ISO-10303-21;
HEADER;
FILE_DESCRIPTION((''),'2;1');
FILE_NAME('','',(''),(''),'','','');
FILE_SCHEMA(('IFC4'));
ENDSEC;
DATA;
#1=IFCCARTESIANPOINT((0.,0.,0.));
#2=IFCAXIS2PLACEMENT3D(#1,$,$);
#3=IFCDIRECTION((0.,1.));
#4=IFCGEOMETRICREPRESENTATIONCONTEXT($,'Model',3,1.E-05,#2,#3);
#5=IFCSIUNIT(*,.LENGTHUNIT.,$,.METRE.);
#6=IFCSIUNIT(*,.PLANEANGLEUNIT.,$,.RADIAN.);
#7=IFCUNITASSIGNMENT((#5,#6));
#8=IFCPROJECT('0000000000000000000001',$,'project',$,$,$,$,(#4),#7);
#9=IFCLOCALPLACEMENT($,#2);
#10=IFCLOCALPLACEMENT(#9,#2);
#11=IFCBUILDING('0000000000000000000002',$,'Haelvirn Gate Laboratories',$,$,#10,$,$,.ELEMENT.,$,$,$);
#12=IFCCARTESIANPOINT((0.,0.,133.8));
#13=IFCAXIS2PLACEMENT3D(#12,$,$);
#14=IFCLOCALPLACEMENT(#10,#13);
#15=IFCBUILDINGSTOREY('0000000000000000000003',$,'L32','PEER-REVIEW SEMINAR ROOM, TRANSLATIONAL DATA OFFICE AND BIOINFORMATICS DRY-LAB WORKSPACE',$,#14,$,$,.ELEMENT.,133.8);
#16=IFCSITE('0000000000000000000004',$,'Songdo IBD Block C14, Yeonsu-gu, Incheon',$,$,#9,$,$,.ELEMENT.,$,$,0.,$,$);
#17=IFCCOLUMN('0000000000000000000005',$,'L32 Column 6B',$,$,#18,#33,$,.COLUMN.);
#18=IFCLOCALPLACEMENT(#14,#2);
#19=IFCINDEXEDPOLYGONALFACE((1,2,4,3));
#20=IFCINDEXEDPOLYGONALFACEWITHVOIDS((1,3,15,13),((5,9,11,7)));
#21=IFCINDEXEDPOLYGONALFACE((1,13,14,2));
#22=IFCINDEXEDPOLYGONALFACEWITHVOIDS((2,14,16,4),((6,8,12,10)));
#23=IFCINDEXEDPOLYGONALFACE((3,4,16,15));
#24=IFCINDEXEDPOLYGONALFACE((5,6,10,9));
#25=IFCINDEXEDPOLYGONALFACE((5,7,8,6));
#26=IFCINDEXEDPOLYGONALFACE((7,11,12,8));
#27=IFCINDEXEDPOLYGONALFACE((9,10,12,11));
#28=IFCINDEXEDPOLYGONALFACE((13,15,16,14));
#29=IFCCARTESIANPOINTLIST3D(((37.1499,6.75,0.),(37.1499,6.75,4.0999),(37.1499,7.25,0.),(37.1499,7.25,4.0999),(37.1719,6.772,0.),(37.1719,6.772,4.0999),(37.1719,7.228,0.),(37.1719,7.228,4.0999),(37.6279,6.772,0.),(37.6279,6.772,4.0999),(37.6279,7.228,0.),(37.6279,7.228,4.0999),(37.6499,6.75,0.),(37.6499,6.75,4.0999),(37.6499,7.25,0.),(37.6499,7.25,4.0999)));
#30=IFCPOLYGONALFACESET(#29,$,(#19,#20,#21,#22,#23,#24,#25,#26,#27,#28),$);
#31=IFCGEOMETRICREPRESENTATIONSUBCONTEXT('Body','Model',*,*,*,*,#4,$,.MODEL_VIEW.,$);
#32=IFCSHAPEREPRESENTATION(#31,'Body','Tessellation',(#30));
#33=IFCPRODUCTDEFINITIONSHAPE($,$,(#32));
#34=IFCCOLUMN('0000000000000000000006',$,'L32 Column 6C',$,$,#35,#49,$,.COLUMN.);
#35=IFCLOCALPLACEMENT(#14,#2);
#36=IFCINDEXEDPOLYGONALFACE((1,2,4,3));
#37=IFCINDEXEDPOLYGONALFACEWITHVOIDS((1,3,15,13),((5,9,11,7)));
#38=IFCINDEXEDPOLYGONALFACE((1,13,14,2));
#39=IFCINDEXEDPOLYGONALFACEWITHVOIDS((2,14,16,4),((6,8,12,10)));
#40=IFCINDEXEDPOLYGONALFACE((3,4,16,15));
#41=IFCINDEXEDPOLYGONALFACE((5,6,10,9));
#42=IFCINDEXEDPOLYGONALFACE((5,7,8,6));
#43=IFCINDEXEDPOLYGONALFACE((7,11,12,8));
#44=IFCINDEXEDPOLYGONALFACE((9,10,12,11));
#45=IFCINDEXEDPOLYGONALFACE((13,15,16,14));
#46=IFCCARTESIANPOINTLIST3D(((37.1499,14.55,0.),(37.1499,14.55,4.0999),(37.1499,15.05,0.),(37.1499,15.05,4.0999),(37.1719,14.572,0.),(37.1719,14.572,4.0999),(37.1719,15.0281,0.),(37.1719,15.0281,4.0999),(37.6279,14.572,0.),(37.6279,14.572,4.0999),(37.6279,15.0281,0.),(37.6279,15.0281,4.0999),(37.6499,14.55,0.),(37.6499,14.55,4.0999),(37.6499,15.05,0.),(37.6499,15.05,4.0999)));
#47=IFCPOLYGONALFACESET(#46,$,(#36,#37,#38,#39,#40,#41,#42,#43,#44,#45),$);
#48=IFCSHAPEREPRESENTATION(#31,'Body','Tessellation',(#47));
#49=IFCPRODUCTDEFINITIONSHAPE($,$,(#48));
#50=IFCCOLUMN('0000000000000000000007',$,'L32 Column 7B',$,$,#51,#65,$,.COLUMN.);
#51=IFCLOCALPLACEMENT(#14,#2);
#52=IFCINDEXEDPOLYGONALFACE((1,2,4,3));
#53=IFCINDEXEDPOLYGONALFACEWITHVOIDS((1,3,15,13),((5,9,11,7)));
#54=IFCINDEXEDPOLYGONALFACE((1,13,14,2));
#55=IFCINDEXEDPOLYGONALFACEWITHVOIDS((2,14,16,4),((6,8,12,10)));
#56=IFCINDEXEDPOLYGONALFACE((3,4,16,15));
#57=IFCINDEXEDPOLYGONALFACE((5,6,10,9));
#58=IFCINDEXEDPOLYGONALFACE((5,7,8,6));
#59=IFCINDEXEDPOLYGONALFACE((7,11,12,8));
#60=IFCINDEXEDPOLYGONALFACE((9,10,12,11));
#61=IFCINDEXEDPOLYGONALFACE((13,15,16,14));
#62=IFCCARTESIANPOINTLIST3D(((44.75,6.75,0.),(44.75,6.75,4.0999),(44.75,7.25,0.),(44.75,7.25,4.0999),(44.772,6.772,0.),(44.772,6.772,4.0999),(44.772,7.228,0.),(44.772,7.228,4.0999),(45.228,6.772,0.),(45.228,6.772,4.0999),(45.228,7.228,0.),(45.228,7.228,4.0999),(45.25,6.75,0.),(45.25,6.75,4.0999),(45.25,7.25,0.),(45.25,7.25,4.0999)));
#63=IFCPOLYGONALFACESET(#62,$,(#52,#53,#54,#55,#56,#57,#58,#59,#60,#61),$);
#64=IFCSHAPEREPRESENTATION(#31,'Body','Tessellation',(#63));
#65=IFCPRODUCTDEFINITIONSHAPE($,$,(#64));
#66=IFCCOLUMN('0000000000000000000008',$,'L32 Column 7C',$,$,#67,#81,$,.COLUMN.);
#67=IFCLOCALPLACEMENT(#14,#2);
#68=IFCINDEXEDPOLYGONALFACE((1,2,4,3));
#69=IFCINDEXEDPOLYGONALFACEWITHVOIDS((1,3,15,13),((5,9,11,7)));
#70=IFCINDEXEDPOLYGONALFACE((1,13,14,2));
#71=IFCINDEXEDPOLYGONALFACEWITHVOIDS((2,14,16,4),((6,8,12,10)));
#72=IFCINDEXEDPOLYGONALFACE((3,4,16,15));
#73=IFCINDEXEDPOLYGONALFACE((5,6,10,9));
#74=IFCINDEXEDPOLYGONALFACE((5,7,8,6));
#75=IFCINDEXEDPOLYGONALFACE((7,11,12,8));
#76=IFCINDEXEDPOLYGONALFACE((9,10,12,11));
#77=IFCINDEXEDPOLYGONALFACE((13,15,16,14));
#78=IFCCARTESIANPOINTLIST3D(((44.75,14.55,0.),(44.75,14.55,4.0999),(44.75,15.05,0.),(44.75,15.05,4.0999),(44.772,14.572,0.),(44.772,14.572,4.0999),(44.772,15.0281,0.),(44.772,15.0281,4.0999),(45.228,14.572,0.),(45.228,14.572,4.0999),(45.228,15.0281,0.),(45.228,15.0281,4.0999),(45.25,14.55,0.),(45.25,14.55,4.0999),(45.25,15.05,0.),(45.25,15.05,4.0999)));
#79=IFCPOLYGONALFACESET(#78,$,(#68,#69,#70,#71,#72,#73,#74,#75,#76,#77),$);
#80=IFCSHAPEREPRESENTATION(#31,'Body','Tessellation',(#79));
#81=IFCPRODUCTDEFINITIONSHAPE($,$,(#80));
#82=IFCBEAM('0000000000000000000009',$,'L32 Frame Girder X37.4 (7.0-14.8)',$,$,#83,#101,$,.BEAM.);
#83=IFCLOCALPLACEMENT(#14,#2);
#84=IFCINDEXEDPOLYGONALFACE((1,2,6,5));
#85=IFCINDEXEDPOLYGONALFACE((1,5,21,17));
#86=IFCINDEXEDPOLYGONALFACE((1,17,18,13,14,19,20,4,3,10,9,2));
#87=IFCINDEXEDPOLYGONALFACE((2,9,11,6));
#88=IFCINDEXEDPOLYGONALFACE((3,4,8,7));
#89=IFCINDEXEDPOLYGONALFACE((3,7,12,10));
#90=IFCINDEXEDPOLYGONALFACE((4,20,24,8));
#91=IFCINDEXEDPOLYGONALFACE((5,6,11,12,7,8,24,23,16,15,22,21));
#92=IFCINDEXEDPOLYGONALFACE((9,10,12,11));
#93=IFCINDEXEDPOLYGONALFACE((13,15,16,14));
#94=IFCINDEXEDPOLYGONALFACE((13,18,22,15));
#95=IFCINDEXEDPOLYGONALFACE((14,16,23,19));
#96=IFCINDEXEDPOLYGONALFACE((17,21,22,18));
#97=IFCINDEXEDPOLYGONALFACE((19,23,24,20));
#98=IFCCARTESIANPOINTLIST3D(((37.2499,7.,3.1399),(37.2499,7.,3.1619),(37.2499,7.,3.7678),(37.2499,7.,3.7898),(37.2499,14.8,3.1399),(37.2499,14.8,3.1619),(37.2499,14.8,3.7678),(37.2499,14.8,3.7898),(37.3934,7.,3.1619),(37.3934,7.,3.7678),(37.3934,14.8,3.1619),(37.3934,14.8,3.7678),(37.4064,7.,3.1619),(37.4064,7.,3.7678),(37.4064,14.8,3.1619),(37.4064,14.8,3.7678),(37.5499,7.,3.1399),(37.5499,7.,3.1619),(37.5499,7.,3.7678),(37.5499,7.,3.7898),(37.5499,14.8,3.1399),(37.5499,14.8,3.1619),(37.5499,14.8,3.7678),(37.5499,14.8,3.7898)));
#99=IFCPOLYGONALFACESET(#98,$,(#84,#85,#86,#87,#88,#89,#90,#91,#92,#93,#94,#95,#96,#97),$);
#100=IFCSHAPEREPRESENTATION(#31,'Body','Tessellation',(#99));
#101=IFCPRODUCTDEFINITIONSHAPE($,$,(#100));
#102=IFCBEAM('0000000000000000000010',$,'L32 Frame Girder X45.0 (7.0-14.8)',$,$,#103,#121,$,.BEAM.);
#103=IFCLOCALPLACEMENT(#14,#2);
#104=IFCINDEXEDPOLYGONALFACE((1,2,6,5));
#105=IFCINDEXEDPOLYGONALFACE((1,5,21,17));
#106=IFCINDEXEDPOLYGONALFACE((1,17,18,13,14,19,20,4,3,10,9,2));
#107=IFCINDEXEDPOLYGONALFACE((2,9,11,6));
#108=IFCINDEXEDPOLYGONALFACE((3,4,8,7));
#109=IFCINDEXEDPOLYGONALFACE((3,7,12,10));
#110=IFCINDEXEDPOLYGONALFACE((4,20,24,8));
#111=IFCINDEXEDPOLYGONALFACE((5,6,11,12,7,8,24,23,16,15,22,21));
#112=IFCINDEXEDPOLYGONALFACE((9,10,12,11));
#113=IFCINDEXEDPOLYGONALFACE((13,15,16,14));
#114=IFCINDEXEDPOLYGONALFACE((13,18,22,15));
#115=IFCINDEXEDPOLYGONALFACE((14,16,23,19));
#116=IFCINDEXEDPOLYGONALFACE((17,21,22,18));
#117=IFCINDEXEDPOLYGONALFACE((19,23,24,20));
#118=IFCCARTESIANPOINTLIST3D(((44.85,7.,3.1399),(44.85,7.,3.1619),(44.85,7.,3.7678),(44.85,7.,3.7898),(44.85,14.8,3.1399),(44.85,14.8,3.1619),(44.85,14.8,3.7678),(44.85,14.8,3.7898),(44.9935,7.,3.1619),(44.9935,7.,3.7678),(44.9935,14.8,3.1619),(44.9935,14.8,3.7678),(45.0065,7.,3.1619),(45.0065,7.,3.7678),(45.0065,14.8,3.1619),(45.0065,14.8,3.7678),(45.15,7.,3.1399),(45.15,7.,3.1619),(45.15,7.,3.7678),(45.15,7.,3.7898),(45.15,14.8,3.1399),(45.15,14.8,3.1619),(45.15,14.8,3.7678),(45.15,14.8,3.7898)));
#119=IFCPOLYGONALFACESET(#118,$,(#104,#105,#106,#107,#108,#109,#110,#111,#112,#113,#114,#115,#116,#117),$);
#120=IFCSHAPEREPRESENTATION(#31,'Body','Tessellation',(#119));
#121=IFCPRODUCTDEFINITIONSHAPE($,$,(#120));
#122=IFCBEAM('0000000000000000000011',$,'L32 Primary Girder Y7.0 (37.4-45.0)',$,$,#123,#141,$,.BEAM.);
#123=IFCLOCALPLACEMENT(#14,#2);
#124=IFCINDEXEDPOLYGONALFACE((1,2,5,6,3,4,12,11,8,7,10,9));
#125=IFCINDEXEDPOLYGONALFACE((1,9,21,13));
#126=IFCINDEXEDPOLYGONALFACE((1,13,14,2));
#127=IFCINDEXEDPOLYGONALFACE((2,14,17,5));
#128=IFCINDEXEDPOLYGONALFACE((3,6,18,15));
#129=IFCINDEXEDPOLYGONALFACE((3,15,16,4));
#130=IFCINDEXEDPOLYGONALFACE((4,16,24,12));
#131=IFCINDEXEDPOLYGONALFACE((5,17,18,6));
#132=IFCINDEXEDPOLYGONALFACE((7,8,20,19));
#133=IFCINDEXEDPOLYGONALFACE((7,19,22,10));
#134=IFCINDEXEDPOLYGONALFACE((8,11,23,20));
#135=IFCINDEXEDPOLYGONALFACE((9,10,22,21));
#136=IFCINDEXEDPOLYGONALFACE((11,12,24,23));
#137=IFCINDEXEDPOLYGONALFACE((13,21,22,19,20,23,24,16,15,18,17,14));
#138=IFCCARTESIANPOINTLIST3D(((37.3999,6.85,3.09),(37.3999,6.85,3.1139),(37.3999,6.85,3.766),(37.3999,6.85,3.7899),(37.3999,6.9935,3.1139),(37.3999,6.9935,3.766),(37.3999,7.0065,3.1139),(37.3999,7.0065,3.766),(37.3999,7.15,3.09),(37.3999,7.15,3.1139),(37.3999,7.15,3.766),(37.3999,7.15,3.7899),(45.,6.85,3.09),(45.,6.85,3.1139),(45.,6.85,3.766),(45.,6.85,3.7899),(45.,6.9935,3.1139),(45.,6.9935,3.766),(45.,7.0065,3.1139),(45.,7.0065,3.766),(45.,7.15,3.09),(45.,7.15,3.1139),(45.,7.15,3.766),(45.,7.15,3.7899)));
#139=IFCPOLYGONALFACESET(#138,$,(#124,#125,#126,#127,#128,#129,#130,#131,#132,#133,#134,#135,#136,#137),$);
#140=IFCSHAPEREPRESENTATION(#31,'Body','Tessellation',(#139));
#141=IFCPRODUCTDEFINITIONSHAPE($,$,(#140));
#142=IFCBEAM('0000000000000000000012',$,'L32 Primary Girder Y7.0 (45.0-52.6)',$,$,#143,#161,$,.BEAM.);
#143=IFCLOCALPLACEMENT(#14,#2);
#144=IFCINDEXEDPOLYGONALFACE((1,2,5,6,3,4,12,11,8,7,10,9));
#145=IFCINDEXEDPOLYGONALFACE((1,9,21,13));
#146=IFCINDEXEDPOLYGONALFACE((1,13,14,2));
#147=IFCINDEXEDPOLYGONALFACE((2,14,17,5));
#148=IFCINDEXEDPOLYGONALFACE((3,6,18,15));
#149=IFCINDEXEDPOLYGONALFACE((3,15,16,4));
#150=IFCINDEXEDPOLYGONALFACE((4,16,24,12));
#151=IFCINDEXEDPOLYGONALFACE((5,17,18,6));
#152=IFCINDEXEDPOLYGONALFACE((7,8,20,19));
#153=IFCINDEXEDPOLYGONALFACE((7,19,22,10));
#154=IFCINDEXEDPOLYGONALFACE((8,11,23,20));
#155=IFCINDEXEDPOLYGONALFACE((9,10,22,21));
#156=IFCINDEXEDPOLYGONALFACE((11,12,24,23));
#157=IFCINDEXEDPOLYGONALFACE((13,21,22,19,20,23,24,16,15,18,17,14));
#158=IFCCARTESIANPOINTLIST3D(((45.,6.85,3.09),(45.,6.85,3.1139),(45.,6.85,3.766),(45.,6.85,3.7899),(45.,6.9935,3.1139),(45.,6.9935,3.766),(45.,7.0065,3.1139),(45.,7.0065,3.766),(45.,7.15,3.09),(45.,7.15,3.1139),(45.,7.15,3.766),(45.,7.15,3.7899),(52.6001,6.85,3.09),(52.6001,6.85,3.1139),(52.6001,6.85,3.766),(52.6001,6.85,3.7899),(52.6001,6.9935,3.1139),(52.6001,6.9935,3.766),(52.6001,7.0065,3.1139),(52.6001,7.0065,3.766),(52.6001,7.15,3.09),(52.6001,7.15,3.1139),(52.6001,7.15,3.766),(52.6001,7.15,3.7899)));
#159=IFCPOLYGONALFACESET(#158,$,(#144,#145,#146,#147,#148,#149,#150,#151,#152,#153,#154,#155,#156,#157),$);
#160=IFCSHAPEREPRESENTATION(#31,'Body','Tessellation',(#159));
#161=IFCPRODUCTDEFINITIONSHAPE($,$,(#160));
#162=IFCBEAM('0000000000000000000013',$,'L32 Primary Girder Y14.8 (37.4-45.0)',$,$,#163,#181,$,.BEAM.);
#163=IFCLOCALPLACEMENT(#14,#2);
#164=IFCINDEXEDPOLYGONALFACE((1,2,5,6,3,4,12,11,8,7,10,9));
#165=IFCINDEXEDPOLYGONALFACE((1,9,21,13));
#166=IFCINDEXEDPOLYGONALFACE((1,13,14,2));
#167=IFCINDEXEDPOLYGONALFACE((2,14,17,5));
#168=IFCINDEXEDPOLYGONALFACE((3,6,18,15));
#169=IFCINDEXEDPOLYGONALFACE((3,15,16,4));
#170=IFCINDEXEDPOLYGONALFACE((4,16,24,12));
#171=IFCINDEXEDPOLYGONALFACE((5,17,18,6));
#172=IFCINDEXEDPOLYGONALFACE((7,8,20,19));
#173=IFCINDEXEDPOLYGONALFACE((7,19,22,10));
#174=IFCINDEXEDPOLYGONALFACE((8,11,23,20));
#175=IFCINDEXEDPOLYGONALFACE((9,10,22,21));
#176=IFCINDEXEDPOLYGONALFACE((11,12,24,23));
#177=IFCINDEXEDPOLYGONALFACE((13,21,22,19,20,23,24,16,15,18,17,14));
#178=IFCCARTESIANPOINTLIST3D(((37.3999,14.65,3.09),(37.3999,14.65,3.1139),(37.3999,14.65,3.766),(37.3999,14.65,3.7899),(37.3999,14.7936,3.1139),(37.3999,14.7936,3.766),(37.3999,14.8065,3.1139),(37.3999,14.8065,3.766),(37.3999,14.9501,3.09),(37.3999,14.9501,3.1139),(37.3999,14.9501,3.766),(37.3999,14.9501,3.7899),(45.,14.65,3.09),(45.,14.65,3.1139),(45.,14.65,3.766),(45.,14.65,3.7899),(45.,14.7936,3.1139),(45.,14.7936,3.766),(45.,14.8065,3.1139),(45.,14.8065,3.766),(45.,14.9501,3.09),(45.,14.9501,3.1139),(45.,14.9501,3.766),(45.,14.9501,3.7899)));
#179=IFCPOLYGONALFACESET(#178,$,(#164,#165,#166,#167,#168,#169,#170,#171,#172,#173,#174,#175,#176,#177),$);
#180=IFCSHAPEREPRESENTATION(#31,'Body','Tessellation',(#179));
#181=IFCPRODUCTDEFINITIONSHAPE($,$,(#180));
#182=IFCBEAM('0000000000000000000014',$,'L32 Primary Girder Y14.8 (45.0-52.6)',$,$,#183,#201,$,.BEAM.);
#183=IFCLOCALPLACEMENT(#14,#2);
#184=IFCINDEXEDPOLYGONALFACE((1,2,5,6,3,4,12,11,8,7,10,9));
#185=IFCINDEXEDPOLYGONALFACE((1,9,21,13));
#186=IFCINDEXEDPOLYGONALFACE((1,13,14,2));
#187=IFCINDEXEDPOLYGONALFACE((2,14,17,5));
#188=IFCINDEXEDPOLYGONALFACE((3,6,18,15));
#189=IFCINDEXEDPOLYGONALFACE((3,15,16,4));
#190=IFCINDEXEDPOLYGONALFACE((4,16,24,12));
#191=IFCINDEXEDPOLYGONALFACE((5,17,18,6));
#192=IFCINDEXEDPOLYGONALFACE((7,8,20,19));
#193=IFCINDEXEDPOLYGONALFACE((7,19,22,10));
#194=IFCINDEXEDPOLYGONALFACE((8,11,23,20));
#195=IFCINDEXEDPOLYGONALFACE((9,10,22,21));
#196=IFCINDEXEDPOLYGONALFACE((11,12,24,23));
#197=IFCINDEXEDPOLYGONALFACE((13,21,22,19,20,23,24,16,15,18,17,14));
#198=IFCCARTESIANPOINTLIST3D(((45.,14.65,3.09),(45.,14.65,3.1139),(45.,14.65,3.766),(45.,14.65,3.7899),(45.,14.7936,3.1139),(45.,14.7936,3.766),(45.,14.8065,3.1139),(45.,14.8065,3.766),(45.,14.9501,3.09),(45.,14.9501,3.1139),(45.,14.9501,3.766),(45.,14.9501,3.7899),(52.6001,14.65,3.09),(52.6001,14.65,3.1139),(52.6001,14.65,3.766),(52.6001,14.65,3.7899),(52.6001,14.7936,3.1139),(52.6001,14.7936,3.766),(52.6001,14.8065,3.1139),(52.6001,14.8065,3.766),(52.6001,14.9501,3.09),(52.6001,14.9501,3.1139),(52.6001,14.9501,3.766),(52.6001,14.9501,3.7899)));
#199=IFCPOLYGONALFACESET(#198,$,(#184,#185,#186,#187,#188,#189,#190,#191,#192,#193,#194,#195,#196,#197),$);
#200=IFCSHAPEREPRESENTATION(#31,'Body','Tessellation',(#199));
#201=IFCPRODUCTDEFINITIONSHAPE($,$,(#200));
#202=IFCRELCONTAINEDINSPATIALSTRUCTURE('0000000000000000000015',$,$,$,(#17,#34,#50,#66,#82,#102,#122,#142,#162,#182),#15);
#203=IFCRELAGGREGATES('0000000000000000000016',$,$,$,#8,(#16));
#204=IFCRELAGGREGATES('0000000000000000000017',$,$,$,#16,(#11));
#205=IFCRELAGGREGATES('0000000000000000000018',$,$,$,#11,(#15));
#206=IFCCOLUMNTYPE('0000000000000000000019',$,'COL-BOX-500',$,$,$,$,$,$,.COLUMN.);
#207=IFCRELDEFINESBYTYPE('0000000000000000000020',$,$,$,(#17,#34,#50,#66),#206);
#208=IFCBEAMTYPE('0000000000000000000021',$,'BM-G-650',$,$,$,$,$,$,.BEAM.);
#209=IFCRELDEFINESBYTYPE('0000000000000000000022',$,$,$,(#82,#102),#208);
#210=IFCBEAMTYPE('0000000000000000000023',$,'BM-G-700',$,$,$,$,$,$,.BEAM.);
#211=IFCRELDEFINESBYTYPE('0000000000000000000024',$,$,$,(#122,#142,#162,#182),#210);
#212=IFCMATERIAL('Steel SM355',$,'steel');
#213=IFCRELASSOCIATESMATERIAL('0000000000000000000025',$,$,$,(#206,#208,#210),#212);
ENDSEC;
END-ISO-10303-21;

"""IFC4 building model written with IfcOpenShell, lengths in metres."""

from ifc_helpers import new_model, si_unit, direction, frame, origin, origin_2d, place, context, subcontext, project, spatial, hollow_rectangle, i_section, extrude, source, transform, mapped, material, material_profile, profile_set, type_object, type_shapes, element, save


model = new_model("IFC4")

# Units and contexts
model_context = context("Model", 3, precision=1e-05, world=origin(), true_north=direction((0.0, 1.0)))
body_context = subcontext(model_context, "Body", "Model", "MODEL_VIEW")
ifc_project = project(units=[si_unit("LENGTHUNIT", "METRE"), si_unit("PLANEANGLEUNIT", "RADIAN")], contexts=[model_context])

# Site, building, storey
site_placement = place(None, origin())
site = spatial("IfcSite", under=ifc_project, at=site_placement, Name="Songdo IBD Block C14, Yeonsu-gu, Incheon", CompositionType="ELEMENT", RefElevation=0.0)
building_placement = place(site_placement, origin())
building = spatial("IfcBuilding", under=site, at=building_placement, Name="Haelvirn Gate Laboratories", CompositionType="ELEMENT")
storey_placement = place(building_placement, frame((0.0, 0.0, 133.8)))
storey = spatial("IfcBuildingStorey", under=building, at=storey_placement, Name="L32", Description="PEER-REVIEW SEMINAR ROOM, TRANSLATIONAL DATA OFFICE AND BIOINFORMATICS DRY-LAB WORKSPACE", CompositionType="ELEMENT", Elevation=133.8)

# Columns
ifc_material_1 = material(Name="Steel SM355", Category="steel")
ifc_material_profile_1 = material_profile(ifc_material_1, hollow_rectangle(XDim=0.5, YDim=0.5, WallThickness=0.022, at=origin_2d()), Name="BOX-500x500x22")
ifc_profile_set_1 = profile_set([ifc_material_profile_1], Name="Steel SM355")
column_type = type_object("IfcColumnType", Name="COL-BOX-500", PredefinedType="COLUMN", material=ifc_profile_set_1)
shared_shape_1 = source(origin(), body_context, "Body", "SweptSolid", [
    extrude(hollow_rectangle(XDim=0.5, YDim=0.5, WallThickness=0.022, at=origin_2d()), origin(), (0.0, 0.0, 1.0), 4.0999),
])
type_shapes(column_type, [shared_shape_1])
for number, where, z_axis, x_axis, name in (
    (1, (37.3999, 7.0, 0.0), (0.0, 0.0, 1.0), (1.0, 0.0, 0.0), "L32 Column 6B"),
    (2, (37.3999, 14.8, 0.0), (0.0, 0.0, 1.0), (1.0, 0.0, 0.0), "L32 Column 6C"),
    (3, (45.0, 7.0, 0.0), (0.0, 0.0, 1.0), (1.0, 0.0, 0.0), "L32 Column 7B"),
    (4, (45.0, 14.8, 0.0), (0.0, 0.0, 1.0), (1.0, 0.0, 0.0), "L32 Column 7C"),
):
    element("IfcColumn", number, at=place(storey_placement, frame(where, z_axis=z_axis, x_axis=x_axis)), inside=storey, type_object=column_type, Name=name, PredefinedType="COLUMN", context=body_context, shape_type="MappedRepresentation", body=[
        mapped(shared_shape_1, transform((0.0, 0.0, 0.0), scale=1.0)),
    ])

# Beams
ifc_material_profile_2 = material_profile(ifc_material_1, i_section(OverallWidth=0.3, OverallDepth=0.6499, WebThickness=0.0129, FlangeThickness=0.022, at=origin_2d()), Name="H-650x300x13x22")
ifc_profile_set_2 = profile_set([ifc_material_profile_2], Name="Steel SM355")
beam_type_1 = type_object("IfcBeamType", Name="BM-G-650", PredefinedType="BEAM", material=ifc_profile_set_2)
shared_shape_2 = source(origin(), body_context, "Body", "SweptSolid", [
    extrude(i_section(OverallWidth=0.3, OverallDepth=0.6499, WebThickness=0.0129, FlangeThickness=0.022, at=origin_2d()), origin(), (0.0, 0.0, 1.0), 7.8),
])
type_shapes(beam_type_1, [shared_shape_2])
for number, where, z_axis, x_axis, name in (
    (5, (37.3999, 7.0, 3.4648), (0.0, 1.0, 0.0), (-1.0, 0.0, 0.0), "L32 Frame Girder X37.4 (7.0-14.8)"),
    (6, (45.0, 7.0, 3.4648), (0.0, 1.0, 0.0), (-1.0, 0.0, 0.0), "L32 Frame Girder X45.0 (7.0-14.8)"),
):
    element("IfcBeam", number, at=place(storey_placement, frame(where, z_axis=z_axis, x_axis=x_axis)), inside=storey, type_object=beam_type_1, Name=name, PredefinedType="BEAM", context=body_context, shape_type="MappedRepresentation", body=[
        mapped(shared_shape_2, transform((0.0, 0.0, 0.0), scale=1.0)),
    ])
ifc_material_profile_3 = material_profile(ifc_material_1, i_section(OverallWidth=0.3, OverallDepth=0.7, WebThickness=0.0129, FlangeThickness=0.0239, at=origin_2d()), Name="H-700x300x13x24")
ifc_profile_set_3 = profile_set([ifc_material_profile_3], Name="Steel SM355")
beam_type_2 = type_object("IfcBeamType", Name="BM-G-700", PredefinedType="BEAM", material=ifc_profile_set_3)
shared_shape_3 = source(origin(), body_context, "Body", "SweptSolid", [
    extrude(i_section(OverallWidth=0.3, OverallDepth=0.7, WebThickness=0.0129, FlangeThickness=0.0239, at=origin_2d()), origin(), (0.0, 0.0, 1.0), 7.6001),
])
type_shapes(beam_type_2, [shared_shape_3])
for number, where, z_axis, x_axis, name in (
    (7, (37.3999, 7.0, 3.4399), (1.0, 0.0, 0.0), (0.0, 1.0, 0.0), "L32 Primary Girder Y7.0 (37.4-45.0)"),
    (8, (45.0, 7.0, 3.4399), (1.0, 0.0, 0.0), (0.0, 1.0, 0.0), "L32 Primary Girder Y7.0 (45.0-52.6)"),
    (9, (37.3999, 14.8, 3.4399), (1.0, 0.0, 0.0), (0.0, 1.0, 0.0), "L32 Primary Girder Y14.8 (37.4-45.0)"),
    (10, (45.0, 14.8, 3.4399), (1.0, 0.0, 0.0), (0.0, 1.0, 0.0), "L32 Primary Girder Y14.8 (45.0-52.6)"),
):
    element("IfcBeam", number, at=place(storey_placement, frame(where, z_axis=z_axis, x_axis=x_axis)), inside=storey, type_object=beam_type_2, Name=name, PredefinedType="BEAM", context=body_context, shape_type="MappedRepresentation", body=[
        mapped(shared_shape_3, transform((0.0, 0.0, 0.0), scale=1.0)),
    ])

save(model, "model.ifc")
